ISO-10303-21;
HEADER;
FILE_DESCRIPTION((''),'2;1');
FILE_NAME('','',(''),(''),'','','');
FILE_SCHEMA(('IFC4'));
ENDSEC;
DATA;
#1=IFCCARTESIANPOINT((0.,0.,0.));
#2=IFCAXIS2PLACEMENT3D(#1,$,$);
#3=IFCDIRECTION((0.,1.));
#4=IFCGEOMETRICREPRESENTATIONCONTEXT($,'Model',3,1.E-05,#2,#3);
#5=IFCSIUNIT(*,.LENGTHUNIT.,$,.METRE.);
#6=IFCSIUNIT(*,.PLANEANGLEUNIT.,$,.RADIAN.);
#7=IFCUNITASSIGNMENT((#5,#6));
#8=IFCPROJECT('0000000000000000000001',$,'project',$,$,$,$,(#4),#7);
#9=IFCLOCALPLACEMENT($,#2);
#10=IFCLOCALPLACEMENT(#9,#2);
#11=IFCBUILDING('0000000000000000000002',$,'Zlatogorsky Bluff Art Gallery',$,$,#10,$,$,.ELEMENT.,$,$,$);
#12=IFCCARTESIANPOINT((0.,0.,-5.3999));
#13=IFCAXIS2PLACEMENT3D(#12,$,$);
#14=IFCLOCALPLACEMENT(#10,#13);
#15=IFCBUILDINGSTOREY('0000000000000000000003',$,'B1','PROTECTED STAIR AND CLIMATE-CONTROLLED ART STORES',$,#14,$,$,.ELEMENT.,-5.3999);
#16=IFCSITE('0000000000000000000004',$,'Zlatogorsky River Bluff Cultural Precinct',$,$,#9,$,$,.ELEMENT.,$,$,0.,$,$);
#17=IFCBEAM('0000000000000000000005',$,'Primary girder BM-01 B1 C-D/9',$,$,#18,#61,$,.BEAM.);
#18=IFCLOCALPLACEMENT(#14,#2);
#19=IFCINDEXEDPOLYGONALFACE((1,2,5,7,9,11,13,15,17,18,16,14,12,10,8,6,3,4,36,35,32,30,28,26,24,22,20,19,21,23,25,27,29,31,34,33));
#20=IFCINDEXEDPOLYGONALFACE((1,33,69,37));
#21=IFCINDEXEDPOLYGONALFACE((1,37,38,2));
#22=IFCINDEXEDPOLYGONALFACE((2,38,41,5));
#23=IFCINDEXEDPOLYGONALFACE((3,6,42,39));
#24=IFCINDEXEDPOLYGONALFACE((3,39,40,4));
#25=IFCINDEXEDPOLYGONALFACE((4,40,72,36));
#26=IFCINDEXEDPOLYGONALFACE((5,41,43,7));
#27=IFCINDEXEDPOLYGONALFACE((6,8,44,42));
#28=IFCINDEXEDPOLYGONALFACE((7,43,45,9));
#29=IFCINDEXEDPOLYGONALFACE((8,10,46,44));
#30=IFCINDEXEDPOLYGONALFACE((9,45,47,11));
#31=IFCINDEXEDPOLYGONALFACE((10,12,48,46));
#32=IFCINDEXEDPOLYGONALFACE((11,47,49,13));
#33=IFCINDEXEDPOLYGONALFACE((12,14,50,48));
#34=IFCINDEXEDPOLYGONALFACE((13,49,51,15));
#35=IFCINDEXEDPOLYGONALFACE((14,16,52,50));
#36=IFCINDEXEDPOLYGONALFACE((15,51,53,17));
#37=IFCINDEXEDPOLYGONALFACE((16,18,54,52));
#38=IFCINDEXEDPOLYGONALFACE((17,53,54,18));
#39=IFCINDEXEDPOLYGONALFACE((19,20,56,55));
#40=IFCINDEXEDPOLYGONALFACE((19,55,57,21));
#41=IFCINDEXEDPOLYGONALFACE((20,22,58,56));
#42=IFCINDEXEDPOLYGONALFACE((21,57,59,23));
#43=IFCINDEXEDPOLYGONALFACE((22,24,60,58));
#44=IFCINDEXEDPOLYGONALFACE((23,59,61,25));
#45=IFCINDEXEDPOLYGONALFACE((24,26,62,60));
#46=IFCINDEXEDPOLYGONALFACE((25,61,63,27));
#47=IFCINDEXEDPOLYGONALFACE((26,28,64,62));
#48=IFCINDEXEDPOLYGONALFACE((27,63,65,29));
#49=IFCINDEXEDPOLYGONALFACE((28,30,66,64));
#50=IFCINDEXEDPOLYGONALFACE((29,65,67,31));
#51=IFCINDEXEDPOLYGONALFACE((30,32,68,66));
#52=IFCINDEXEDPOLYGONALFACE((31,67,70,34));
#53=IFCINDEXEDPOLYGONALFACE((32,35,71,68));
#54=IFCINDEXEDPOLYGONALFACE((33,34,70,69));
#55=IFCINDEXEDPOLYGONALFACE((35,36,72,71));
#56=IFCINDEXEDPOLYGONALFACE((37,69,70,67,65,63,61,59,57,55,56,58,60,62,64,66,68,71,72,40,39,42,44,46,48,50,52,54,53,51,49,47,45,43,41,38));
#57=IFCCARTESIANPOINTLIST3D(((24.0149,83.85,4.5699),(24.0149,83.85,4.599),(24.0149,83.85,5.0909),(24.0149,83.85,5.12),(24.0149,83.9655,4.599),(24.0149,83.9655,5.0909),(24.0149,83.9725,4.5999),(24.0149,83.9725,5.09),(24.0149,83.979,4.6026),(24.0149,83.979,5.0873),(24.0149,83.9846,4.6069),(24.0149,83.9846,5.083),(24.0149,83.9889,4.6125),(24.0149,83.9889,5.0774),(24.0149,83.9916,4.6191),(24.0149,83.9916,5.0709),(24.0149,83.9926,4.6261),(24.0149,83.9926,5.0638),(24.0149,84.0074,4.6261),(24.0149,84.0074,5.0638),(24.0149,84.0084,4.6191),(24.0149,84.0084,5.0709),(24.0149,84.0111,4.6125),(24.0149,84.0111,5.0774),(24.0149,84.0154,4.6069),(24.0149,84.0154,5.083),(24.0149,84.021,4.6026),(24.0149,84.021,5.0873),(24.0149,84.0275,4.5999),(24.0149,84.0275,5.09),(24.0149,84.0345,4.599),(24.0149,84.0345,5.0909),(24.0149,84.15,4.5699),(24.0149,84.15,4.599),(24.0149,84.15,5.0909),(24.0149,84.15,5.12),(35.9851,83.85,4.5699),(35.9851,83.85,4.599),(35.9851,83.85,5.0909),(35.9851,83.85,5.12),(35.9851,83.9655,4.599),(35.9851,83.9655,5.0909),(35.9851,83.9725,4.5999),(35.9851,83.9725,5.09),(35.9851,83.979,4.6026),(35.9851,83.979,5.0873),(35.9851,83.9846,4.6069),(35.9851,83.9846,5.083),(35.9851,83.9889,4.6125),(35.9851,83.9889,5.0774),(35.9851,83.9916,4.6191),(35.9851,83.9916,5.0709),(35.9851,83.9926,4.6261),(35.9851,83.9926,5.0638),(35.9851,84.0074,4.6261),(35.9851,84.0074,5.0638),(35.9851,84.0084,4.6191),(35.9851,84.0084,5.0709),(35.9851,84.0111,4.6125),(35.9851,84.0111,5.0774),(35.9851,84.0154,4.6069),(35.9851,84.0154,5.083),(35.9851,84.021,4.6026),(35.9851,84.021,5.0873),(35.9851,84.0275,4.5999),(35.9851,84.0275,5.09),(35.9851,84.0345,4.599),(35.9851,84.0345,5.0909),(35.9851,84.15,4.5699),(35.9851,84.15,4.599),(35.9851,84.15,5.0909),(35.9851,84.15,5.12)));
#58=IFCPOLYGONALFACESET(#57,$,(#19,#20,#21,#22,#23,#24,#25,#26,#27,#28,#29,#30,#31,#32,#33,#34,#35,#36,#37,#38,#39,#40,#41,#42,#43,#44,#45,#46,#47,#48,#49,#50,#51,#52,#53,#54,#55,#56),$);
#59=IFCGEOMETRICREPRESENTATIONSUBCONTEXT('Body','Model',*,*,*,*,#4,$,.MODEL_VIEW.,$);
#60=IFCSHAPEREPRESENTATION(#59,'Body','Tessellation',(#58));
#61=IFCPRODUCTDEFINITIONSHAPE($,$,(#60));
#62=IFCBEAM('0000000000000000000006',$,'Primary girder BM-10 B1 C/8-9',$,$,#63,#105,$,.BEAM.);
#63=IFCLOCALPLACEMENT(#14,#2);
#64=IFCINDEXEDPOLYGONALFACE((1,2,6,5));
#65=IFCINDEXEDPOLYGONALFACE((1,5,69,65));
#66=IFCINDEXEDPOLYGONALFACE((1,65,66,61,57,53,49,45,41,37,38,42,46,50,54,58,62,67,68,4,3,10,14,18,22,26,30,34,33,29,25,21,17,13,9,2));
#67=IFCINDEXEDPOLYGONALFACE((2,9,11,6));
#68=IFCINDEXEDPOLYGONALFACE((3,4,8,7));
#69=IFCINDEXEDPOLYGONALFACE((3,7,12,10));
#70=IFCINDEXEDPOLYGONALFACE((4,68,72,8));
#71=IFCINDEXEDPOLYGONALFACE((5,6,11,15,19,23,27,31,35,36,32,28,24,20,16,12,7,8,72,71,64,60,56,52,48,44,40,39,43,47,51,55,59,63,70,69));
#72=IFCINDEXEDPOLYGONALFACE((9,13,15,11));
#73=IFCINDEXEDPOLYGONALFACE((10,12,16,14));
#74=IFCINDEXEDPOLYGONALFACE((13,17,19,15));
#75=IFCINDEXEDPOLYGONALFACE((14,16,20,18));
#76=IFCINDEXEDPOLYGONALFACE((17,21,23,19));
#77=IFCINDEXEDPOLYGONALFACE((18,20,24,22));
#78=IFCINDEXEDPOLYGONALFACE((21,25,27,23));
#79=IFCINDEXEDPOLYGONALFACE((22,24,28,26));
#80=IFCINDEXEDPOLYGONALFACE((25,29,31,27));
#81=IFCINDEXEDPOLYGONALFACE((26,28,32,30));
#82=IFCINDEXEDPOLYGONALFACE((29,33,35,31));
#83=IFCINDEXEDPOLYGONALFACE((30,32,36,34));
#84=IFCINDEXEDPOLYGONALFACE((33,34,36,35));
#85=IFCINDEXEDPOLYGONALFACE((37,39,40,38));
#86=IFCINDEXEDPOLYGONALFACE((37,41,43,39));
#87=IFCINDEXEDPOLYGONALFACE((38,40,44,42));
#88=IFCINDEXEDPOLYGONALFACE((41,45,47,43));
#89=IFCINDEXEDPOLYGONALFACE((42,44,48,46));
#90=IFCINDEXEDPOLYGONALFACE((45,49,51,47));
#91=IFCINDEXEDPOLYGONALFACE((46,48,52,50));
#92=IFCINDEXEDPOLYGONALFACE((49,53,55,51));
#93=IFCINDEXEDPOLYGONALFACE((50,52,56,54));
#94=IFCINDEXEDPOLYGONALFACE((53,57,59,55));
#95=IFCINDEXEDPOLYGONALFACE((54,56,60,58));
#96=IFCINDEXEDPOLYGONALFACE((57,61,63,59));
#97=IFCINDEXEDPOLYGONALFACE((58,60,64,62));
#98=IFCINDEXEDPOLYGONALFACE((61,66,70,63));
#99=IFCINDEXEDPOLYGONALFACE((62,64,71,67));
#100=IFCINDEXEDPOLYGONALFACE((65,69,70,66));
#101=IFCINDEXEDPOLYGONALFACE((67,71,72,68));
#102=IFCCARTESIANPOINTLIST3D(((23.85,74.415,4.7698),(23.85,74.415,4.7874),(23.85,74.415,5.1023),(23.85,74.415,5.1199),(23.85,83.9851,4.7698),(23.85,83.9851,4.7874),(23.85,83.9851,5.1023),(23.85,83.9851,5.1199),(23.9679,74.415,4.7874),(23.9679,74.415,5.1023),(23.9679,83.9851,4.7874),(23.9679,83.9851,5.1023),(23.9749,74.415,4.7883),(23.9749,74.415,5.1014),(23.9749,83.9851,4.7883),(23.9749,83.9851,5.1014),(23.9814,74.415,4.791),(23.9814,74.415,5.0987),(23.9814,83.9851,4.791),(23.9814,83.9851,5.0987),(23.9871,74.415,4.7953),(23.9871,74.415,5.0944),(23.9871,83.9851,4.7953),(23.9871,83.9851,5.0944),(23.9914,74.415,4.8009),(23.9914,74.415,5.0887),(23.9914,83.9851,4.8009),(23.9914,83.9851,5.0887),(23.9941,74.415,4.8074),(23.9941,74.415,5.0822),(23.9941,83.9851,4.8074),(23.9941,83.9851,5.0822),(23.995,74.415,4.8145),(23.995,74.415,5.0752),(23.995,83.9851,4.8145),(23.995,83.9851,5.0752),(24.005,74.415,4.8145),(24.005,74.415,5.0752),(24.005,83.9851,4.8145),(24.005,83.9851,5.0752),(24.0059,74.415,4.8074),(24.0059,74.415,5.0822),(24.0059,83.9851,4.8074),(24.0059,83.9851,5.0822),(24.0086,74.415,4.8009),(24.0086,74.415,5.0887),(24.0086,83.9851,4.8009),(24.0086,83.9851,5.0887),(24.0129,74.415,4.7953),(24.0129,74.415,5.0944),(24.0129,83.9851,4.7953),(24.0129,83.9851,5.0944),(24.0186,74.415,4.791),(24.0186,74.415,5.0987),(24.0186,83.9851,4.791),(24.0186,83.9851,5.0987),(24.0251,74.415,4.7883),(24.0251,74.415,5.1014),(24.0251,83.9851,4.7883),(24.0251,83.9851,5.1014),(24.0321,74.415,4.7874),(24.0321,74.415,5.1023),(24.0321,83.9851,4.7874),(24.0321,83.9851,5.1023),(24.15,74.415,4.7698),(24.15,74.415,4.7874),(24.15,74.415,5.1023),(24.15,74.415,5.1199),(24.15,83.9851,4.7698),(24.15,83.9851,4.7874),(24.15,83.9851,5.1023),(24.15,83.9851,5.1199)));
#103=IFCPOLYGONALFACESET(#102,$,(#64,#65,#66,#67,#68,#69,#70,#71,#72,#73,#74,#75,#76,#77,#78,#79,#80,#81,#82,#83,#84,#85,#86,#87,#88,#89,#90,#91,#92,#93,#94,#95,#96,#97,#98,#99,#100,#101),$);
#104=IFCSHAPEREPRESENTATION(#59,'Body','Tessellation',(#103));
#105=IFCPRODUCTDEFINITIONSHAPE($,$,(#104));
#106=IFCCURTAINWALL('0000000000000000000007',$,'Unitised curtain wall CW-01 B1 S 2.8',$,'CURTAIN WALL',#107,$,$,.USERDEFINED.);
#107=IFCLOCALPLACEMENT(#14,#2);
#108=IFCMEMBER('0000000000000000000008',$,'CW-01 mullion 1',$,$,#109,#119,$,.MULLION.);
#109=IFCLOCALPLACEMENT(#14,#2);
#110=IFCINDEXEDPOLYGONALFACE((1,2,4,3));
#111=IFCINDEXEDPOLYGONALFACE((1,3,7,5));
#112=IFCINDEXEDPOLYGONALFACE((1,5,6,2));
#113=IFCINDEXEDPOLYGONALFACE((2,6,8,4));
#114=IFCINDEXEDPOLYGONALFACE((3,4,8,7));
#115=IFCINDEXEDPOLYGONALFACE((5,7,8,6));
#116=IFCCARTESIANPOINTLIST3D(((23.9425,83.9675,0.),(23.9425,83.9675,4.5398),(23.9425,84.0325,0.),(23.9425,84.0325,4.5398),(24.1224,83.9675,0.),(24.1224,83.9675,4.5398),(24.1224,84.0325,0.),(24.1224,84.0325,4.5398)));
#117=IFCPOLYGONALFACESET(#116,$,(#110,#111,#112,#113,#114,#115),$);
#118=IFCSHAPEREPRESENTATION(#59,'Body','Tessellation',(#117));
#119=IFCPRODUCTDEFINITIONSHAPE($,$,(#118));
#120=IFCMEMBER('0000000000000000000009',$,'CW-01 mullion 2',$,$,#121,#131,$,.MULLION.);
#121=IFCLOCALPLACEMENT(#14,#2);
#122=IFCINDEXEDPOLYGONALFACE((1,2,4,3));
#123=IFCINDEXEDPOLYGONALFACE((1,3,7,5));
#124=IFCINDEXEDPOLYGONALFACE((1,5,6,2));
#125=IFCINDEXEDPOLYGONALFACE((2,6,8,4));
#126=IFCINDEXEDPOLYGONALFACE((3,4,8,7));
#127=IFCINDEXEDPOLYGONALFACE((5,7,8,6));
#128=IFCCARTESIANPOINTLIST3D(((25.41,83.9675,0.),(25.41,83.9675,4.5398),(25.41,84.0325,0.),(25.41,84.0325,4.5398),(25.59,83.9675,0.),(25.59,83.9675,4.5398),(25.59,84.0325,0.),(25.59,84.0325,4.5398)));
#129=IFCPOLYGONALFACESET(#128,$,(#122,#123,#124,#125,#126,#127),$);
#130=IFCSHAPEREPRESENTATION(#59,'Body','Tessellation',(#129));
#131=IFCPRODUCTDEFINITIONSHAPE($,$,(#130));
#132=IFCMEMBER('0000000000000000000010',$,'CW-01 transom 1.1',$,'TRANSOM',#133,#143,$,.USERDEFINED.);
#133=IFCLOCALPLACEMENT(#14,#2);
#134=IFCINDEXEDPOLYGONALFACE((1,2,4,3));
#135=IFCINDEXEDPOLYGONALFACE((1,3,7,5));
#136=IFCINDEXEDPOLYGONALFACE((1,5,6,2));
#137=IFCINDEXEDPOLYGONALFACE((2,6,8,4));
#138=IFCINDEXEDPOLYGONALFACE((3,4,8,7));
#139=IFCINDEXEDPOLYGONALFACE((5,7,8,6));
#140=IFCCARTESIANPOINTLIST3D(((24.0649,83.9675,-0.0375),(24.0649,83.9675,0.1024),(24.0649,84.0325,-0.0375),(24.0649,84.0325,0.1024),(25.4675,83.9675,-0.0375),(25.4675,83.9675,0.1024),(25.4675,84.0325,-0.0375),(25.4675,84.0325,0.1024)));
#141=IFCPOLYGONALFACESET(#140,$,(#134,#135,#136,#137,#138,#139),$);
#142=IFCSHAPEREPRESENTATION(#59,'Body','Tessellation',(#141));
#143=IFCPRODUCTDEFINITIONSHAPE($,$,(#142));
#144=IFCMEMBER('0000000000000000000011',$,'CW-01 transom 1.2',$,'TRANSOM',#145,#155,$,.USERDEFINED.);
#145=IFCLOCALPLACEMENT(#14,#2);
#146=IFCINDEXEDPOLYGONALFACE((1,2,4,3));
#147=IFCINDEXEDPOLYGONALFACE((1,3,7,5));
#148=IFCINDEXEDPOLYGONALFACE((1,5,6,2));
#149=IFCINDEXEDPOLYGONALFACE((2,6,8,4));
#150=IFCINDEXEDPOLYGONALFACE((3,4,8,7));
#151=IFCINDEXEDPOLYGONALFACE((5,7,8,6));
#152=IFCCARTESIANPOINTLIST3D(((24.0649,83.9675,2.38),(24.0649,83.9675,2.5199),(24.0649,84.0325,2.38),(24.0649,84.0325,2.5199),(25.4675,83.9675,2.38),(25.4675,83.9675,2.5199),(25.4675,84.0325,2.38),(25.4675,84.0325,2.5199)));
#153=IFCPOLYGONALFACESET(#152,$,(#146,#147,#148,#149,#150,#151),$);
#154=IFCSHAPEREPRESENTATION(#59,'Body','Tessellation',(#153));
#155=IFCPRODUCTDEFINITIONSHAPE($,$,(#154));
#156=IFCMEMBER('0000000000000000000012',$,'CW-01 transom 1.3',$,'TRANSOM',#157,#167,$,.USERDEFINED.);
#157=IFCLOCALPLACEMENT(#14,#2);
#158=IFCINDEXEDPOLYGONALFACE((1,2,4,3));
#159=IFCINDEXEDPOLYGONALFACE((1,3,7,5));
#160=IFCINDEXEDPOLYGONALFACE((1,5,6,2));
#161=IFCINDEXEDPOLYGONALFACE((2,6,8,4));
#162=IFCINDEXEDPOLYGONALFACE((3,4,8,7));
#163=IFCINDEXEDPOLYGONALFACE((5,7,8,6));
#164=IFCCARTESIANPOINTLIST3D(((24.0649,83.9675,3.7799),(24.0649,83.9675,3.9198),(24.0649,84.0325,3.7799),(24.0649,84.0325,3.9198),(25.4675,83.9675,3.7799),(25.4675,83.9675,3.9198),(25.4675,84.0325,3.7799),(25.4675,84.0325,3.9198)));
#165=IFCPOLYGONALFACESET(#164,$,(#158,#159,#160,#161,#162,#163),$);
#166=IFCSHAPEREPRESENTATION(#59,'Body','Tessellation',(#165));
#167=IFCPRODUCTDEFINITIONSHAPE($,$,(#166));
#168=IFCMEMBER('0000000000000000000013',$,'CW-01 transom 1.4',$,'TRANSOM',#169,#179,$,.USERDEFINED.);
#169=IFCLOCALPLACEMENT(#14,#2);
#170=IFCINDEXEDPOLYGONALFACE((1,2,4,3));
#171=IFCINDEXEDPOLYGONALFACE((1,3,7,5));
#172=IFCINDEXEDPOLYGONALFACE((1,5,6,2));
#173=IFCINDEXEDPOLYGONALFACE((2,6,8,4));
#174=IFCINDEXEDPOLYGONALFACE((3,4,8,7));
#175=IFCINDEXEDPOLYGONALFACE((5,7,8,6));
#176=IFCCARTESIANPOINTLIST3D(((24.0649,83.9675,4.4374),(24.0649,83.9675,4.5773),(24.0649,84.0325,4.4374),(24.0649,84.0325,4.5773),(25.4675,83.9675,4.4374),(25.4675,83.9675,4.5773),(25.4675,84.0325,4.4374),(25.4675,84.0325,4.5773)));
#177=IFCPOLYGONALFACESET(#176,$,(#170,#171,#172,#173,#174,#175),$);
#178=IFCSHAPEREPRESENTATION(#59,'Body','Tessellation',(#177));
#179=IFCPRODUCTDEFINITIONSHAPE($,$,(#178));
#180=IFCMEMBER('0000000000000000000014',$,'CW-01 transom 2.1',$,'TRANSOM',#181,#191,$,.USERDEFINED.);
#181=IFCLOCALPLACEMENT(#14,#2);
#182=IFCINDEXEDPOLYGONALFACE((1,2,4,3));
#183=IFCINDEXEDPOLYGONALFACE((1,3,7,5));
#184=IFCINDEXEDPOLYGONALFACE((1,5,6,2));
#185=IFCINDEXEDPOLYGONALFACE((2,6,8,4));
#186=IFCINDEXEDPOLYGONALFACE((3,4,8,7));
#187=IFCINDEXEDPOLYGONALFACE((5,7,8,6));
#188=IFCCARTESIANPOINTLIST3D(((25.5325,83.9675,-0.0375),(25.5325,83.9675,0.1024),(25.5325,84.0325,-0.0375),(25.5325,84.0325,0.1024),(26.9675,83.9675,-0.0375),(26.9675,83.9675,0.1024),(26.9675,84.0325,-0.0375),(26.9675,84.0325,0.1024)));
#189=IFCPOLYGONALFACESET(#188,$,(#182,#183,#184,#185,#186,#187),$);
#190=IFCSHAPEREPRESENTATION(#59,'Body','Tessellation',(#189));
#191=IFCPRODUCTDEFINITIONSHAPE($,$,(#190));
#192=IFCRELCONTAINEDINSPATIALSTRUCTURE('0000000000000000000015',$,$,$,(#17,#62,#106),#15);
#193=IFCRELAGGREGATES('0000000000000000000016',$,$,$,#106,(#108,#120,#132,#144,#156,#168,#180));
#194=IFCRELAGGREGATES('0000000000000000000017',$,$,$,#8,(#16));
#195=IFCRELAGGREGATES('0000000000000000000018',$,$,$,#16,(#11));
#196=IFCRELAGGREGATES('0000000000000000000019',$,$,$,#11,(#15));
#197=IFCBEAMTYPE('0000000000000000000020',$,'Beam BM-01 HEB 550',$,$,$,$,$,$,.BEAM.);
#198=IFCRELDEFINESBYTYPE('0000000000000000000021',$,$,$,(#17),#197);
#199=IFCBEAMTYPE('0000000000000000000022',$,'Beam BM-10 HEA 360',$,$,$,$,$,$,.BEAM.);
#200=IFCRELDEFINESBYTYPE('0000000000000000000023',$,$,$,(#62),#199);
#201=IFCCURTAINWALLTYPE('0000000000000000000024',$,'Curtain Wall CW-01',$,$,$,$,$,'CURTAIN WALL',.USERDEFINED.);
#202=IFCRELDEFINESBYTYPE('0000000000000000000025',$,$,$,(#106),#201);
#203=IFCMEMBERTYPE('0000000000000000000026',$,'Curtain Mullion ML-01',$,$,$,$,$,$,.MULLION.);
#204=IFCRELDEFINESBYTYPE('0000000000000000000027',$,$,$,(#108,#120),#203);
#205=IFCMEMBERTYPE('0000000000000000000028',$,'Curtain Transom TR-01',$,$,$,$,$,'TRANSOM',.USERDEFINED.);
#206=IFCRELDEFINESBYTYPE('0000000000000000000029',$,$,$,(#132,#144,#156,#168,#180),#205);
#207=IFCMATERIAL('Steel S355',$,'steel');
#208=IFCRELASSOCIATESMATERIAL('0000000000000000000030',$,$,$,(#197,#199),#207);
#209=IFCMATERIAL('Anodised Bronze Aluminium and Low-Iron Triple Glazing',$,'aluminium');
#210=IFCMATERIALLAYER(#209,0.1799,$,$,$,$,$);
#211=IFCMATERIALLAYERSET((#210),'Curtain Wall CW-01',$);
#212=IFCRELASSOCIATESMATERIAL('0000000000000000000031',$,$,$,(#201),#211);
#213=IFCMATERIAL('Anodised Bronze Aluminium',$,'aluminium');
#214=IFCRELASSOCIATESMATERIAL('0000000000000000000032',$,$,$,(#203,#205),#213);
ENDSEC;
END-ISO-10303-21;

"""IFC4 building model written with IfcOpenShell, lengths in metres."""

from ifc_helpers import new_model, si_unit, direction, frame, origin, origin_2d, place, context, subcontext, project, spatial, rectangle, i_section, extrude, material, layer, layer_set, material_profile, profile_set, type_object, element, aggregate, save


model = new_model("IFC4")

# Units and contexts
model_context = context("Model", 3, precision=1e-05, world=origin(), true_north=direction((0.0, 1.0)))
body_context = subcontext(model_context, "Body", "Model", "MODEL_VIEW")
ifc_project = project(units=[si_unit("LENGTHUNIT", "METRE"), si_unit("PLANEANGLEUNIT", "RADIAN")], contexts=[model_context])

# Site, building, storey
site_placement = place(None, origin())
site = spatial("IfcSite", under=ifc_project, at=site_placement, Name="Zlatogorsky River Bluff Cultural Precinct", CompositionType="ELEMENT", RefElevation=0.0)
building_placement = place(site_placement, origin())
building = spatial("IfcBuilding", under=site, at=building_placement, Name="Zlatogorsky Bluff Art Gallery", CompositionType="ELEMENT")
storey_placement = place(building_placement, frame((0.0, 0.0, -5.3999)))
storey = spatial("IfcBuildingStorey", under=building, at=storey_placement, Name="B1", Description="PROTECTED STAIR AND CLIMATE-CONTROLLED ART STORES", CompositionType="ELEMENT", Elevation=-5.3999)

# Shared definitions
ifc_material_1 = material(Name="Steel S355", Category="steel")

# Beams
ifc_material_profile_1 = material_profile(ifc_material_1, i_section(OverallWidth=0.3, OverallDepth=0.55, WebThickness=0.0149, FlangeThickness=0.0291, FilletRadius=0.0271, at=origin_2d()), Name="HEB 550")
ifc_profile_set_1 = profile_set([ifc_material_profile_1], Name="Steel S355")
beam_type_1 = type_object("IfcBeamType", Name="Beam BM-01 HEB 550", PredefinedType="BEAM", material=ifc_profile_set_1)
beam_1_placement = place(storey_placement, frame((24.0149, 84.0, 4.845), z_axis=(1.0, 0.0, 0.0), x_axis=(0.0, 1.0, 0.0)))
element("IfcBeam", 1, at=beam_1_placement, inside=storey, type_object=beam_type_1, Name="Primary girder BM-01 B1 C-D/9", PredefinedType="BEAM", context=body_context, shape_type="SweptSolid", body=[
    extrude(i_section(OverallWidth=0.3, OverallDepth=0.55, WebThickness=0.0149, FlangeThickness=0.0291, FilletRadius=0.0271, at=origin_2d()), origin(), (0.0, 0.0, 1.0), 11.9702),
])
ifc_material_profile_2 = material_profile(ifc_material_1, i_section(OverallWidth=0.3, OverallDepth=0.3501, WebThickness=0.01, FlangeThickness=0.0176, FilletRadius=0.0271, at=origin_2d()), Name="HEA 360")
ifc_profile_set_2 = profile_set([ifc_material_profile_2], Name="Steel S355")
beam_type_2 = type_object("IfcBeamType", Name="Beam BM-10 HEA 360", PredefinedType="BEAM", material=ifc_profile_set_2)
beam_2_placement = place(storey_placement, frame((24.0, 74.415, 4.9448), z_axis=(0.0, 1.0, 0.0), x_axis=(-1.0, 0.0, 0.0)))
element("IfcBeam", 2, at=beam_2_placement, inside=storey, type_object=beam_type_2, Name="Primary girder BM-10 B1 C/8-9", PredefinedType="BEAM", context=body_context, shape_type="SweptSolid", body=[
    extrude(i_section(OverallWidth=0.3, OverallDepth=0.3501, WebThickness=0.01, FlangeThickness=0.0176, FilletRadius=0.0271, at=origin_2d()), origin(), (0.0, 0.0, 1.0), 9.5701),
])

# Curtain wall, members
ifc_material_2 = material(Name="Anodised Bronze Aluminium and Low-Iron Triple Glazing", Category="aluminium")
ifc_layer_1 = layer(ifc_material_2, 0.1799)
ifc_layer_set_1 = layer_set([ifc_layer_1], Name="Curtain Wall CW-01")
curtain_wall_type = type_object("IfcCurtainWallType", Name="Curtain Wall CW-01", ElementType="CURTAIN WALL", PredefinedType="USERDEFINED", material=ifc_layer_set_1)
curtain_wall_placement = place(storey_placement, origin())
curtain_wall = element("IfcCurtainWall", 3, at=curtain_wall_placement, inside=storey, type_object=curtain_wall_type, Name="Unitised curtain wall CW-01 B1 S 2.8", ObjectType="CURTAIN WALL", PredefinedType="USERDEFINED")
ifc_material_3 = material(Name="Anodised Bronze Aluminium", Category="aluminium")
ifc_material_profile_3 = material_profile(ifc_material_3, rectangle(XDim=0.0649, YDim=0.1799, at=origin_2d()), Name="ALU MULLION 65x180")
ifc_profile_set_3 = profile_set([ifc_material_profile_3], Name="Anodised Bronze Aluminium")
member_type_1 = type_object("IfcMemberType", Name="Curtain Mullion ML-01", PredefinedType="MULLION", material=ifc_profile_set_3)
member_1_placement = place(storey_placement, frame((24.0325, 84.0, 0.0), z_axis=(0.0, 0.0, 1.0), x_axis=(0.0, 1.0, 0.0)))
member_1 = element("IfcMember", 4, at=member_1_placement, type_object=member_type_1, Name="CW-01 mullion 1", PredefinedType="MULLION", context=body_context, shape_type="SweptSolid", body=[
    extrude(rectangle(XDim=0.0649, YDim=0.1799, at=origin_2d()), origin(), (0.0, 0.0, 1.0), 4.5398),
])
member_2_placement = place(storey_placement, frame((25.5, 84.0, 0.0), z_axis=(0.0, 0.0, 1.0), x_axis=(0.0, 1.0, 0.0)))
member_2 = element("IfcMember", 5, at=member_2_placement, type_object=member_type_1, Name="CW-01 mullion 2", PredefinedType="MULLION", context=body_context, shape_type="SweptSolid", body=[
    extrude(rectangle(XDim=0.0649, YDim=0.1799, at=origin_2d()), origin(), (0.0, 0.0, 1.0), 4.5398),
])
ifc_material_profile_4 = material_profile(ifc_material_3, rectangle(XDim=0.0649, YDim=0.1399, at=origin_2d()), Name="ALU TRANSOM 65x140")
ifc_profile_set_4 = profile_set([ifc_material_profile_4], Name="Anodised Bronze Aluminium")
member_type_2 = type_object("IfcMemberType", Name="Curtain Transom TR-01", ElementType="TRANSOM", PredefinedType="USERDEFINED", material=ifc_profile_set_4)
member_3_placement = place(storey_placement, frame((24.0649, 84.0, 0.0325), z_axis=(1.0, 0.0, 0.0), x_axis=(0.0, 1.0, 0.0)))
member_3 = element("IfcMember", 6, at=member_3_placement, type_object=member_type_2, Name="CW-01 transom 1.1", ObjectType="TRANSOM", PredefinedType="USERDEFINED", context=body_context, shape_type="SweptSolid", body=[
    extrude(rectangle(XDim=0.0649, YDim=0.1399, at=origin_2d()), origin(), (0.0, 0.0, 1.0), 1.4026),
])
member_4_placement = place(storey_placement, frame((24.0649, 84.0, 2.45), z_axis=(1.0, 0.0, 0.0), x_axis=(0.0, 1.0, 0.0)))
member_4 = element("IfcMember", 7, at=member_4_placement, type_object=member_type_2, Name="CW-01 transom 1.2", ObjectType="TRANSOM", PredefinedType="USERDEFINED", context=body_context, shape_type="SweptSolid", body=[
    extrude(rectangle(XDim=0.0649, YDim=0.1399, at=origin_2d()), origin(), (0.0, 0.0, 1.0), 1.4026),
])
member_5_placement = place(storey_placement, frame((24.0649, 84.0, 3.8499), z_axis=(1.0, 0.0, 0.0), x_axis=(0.0, 1.0, 0.0)))
member_5 = element("IfcMember", 8, at=member_5_placement, type_object=member_type_2, Name="CW-01 transom 1.3", ObjectType="TRANSOM", PredefinedType="USERDEFINED", context=body_context, shape_type="SweptSolid", body=[
    extrude(rectangle(XDim=0.0649, YDim=0.1399, at=origin_2d()), origin(), (0.0, 0.0, 1.0), 1.4026),
])
member_6_placement = place(storey_placement, frame((24.0649, 84.0, 4.5073), z_axis=(1.0, 0.0, 0.0), x_axis=(0.0, 1.0, 0.0)))
member_6 = element("IfcMember", 9, at=member_6_placement, type_object=member_type_2, Name="CW-01 transom 1.4", ObjectType="TRANSOM", PredefinedType="USERDEFINED", context=body_context, shape_type="SweptSolid", body=[
    extrude(rectangle(XDim=0.0649, YDim=0.1399, at=origin_2d()), origin(), (0.0, 0.0, 1.0), 1.4026),
])
member_7_placement = place(storey_placement, frame((25.5325, 84.0, 0.0325), z_axis=(1.0, 0.0, 0.0), x_axis=(0.0, 1.0, 0.0)))
member_7 = element("IfcMember", 10, at=member_7_placement, type_object=member_type_2, Name="CW-01 transom 2.1", ObjectType="TRANSOM", PredefinedType="USERDEFINED", context=body_context, shape_type="SweptSolid", body=[
    extrude(rectangle(XDim=0.0649, YDim=0.1399, at=origin_2d()), origin(), (0.0, 0.0, 1.0), 1.4351),
])
aggregate(curtain_wall, [member_1, member_2, member_3, member_4, member_5, member_6, member_7])

save(model, "model.ifc")
